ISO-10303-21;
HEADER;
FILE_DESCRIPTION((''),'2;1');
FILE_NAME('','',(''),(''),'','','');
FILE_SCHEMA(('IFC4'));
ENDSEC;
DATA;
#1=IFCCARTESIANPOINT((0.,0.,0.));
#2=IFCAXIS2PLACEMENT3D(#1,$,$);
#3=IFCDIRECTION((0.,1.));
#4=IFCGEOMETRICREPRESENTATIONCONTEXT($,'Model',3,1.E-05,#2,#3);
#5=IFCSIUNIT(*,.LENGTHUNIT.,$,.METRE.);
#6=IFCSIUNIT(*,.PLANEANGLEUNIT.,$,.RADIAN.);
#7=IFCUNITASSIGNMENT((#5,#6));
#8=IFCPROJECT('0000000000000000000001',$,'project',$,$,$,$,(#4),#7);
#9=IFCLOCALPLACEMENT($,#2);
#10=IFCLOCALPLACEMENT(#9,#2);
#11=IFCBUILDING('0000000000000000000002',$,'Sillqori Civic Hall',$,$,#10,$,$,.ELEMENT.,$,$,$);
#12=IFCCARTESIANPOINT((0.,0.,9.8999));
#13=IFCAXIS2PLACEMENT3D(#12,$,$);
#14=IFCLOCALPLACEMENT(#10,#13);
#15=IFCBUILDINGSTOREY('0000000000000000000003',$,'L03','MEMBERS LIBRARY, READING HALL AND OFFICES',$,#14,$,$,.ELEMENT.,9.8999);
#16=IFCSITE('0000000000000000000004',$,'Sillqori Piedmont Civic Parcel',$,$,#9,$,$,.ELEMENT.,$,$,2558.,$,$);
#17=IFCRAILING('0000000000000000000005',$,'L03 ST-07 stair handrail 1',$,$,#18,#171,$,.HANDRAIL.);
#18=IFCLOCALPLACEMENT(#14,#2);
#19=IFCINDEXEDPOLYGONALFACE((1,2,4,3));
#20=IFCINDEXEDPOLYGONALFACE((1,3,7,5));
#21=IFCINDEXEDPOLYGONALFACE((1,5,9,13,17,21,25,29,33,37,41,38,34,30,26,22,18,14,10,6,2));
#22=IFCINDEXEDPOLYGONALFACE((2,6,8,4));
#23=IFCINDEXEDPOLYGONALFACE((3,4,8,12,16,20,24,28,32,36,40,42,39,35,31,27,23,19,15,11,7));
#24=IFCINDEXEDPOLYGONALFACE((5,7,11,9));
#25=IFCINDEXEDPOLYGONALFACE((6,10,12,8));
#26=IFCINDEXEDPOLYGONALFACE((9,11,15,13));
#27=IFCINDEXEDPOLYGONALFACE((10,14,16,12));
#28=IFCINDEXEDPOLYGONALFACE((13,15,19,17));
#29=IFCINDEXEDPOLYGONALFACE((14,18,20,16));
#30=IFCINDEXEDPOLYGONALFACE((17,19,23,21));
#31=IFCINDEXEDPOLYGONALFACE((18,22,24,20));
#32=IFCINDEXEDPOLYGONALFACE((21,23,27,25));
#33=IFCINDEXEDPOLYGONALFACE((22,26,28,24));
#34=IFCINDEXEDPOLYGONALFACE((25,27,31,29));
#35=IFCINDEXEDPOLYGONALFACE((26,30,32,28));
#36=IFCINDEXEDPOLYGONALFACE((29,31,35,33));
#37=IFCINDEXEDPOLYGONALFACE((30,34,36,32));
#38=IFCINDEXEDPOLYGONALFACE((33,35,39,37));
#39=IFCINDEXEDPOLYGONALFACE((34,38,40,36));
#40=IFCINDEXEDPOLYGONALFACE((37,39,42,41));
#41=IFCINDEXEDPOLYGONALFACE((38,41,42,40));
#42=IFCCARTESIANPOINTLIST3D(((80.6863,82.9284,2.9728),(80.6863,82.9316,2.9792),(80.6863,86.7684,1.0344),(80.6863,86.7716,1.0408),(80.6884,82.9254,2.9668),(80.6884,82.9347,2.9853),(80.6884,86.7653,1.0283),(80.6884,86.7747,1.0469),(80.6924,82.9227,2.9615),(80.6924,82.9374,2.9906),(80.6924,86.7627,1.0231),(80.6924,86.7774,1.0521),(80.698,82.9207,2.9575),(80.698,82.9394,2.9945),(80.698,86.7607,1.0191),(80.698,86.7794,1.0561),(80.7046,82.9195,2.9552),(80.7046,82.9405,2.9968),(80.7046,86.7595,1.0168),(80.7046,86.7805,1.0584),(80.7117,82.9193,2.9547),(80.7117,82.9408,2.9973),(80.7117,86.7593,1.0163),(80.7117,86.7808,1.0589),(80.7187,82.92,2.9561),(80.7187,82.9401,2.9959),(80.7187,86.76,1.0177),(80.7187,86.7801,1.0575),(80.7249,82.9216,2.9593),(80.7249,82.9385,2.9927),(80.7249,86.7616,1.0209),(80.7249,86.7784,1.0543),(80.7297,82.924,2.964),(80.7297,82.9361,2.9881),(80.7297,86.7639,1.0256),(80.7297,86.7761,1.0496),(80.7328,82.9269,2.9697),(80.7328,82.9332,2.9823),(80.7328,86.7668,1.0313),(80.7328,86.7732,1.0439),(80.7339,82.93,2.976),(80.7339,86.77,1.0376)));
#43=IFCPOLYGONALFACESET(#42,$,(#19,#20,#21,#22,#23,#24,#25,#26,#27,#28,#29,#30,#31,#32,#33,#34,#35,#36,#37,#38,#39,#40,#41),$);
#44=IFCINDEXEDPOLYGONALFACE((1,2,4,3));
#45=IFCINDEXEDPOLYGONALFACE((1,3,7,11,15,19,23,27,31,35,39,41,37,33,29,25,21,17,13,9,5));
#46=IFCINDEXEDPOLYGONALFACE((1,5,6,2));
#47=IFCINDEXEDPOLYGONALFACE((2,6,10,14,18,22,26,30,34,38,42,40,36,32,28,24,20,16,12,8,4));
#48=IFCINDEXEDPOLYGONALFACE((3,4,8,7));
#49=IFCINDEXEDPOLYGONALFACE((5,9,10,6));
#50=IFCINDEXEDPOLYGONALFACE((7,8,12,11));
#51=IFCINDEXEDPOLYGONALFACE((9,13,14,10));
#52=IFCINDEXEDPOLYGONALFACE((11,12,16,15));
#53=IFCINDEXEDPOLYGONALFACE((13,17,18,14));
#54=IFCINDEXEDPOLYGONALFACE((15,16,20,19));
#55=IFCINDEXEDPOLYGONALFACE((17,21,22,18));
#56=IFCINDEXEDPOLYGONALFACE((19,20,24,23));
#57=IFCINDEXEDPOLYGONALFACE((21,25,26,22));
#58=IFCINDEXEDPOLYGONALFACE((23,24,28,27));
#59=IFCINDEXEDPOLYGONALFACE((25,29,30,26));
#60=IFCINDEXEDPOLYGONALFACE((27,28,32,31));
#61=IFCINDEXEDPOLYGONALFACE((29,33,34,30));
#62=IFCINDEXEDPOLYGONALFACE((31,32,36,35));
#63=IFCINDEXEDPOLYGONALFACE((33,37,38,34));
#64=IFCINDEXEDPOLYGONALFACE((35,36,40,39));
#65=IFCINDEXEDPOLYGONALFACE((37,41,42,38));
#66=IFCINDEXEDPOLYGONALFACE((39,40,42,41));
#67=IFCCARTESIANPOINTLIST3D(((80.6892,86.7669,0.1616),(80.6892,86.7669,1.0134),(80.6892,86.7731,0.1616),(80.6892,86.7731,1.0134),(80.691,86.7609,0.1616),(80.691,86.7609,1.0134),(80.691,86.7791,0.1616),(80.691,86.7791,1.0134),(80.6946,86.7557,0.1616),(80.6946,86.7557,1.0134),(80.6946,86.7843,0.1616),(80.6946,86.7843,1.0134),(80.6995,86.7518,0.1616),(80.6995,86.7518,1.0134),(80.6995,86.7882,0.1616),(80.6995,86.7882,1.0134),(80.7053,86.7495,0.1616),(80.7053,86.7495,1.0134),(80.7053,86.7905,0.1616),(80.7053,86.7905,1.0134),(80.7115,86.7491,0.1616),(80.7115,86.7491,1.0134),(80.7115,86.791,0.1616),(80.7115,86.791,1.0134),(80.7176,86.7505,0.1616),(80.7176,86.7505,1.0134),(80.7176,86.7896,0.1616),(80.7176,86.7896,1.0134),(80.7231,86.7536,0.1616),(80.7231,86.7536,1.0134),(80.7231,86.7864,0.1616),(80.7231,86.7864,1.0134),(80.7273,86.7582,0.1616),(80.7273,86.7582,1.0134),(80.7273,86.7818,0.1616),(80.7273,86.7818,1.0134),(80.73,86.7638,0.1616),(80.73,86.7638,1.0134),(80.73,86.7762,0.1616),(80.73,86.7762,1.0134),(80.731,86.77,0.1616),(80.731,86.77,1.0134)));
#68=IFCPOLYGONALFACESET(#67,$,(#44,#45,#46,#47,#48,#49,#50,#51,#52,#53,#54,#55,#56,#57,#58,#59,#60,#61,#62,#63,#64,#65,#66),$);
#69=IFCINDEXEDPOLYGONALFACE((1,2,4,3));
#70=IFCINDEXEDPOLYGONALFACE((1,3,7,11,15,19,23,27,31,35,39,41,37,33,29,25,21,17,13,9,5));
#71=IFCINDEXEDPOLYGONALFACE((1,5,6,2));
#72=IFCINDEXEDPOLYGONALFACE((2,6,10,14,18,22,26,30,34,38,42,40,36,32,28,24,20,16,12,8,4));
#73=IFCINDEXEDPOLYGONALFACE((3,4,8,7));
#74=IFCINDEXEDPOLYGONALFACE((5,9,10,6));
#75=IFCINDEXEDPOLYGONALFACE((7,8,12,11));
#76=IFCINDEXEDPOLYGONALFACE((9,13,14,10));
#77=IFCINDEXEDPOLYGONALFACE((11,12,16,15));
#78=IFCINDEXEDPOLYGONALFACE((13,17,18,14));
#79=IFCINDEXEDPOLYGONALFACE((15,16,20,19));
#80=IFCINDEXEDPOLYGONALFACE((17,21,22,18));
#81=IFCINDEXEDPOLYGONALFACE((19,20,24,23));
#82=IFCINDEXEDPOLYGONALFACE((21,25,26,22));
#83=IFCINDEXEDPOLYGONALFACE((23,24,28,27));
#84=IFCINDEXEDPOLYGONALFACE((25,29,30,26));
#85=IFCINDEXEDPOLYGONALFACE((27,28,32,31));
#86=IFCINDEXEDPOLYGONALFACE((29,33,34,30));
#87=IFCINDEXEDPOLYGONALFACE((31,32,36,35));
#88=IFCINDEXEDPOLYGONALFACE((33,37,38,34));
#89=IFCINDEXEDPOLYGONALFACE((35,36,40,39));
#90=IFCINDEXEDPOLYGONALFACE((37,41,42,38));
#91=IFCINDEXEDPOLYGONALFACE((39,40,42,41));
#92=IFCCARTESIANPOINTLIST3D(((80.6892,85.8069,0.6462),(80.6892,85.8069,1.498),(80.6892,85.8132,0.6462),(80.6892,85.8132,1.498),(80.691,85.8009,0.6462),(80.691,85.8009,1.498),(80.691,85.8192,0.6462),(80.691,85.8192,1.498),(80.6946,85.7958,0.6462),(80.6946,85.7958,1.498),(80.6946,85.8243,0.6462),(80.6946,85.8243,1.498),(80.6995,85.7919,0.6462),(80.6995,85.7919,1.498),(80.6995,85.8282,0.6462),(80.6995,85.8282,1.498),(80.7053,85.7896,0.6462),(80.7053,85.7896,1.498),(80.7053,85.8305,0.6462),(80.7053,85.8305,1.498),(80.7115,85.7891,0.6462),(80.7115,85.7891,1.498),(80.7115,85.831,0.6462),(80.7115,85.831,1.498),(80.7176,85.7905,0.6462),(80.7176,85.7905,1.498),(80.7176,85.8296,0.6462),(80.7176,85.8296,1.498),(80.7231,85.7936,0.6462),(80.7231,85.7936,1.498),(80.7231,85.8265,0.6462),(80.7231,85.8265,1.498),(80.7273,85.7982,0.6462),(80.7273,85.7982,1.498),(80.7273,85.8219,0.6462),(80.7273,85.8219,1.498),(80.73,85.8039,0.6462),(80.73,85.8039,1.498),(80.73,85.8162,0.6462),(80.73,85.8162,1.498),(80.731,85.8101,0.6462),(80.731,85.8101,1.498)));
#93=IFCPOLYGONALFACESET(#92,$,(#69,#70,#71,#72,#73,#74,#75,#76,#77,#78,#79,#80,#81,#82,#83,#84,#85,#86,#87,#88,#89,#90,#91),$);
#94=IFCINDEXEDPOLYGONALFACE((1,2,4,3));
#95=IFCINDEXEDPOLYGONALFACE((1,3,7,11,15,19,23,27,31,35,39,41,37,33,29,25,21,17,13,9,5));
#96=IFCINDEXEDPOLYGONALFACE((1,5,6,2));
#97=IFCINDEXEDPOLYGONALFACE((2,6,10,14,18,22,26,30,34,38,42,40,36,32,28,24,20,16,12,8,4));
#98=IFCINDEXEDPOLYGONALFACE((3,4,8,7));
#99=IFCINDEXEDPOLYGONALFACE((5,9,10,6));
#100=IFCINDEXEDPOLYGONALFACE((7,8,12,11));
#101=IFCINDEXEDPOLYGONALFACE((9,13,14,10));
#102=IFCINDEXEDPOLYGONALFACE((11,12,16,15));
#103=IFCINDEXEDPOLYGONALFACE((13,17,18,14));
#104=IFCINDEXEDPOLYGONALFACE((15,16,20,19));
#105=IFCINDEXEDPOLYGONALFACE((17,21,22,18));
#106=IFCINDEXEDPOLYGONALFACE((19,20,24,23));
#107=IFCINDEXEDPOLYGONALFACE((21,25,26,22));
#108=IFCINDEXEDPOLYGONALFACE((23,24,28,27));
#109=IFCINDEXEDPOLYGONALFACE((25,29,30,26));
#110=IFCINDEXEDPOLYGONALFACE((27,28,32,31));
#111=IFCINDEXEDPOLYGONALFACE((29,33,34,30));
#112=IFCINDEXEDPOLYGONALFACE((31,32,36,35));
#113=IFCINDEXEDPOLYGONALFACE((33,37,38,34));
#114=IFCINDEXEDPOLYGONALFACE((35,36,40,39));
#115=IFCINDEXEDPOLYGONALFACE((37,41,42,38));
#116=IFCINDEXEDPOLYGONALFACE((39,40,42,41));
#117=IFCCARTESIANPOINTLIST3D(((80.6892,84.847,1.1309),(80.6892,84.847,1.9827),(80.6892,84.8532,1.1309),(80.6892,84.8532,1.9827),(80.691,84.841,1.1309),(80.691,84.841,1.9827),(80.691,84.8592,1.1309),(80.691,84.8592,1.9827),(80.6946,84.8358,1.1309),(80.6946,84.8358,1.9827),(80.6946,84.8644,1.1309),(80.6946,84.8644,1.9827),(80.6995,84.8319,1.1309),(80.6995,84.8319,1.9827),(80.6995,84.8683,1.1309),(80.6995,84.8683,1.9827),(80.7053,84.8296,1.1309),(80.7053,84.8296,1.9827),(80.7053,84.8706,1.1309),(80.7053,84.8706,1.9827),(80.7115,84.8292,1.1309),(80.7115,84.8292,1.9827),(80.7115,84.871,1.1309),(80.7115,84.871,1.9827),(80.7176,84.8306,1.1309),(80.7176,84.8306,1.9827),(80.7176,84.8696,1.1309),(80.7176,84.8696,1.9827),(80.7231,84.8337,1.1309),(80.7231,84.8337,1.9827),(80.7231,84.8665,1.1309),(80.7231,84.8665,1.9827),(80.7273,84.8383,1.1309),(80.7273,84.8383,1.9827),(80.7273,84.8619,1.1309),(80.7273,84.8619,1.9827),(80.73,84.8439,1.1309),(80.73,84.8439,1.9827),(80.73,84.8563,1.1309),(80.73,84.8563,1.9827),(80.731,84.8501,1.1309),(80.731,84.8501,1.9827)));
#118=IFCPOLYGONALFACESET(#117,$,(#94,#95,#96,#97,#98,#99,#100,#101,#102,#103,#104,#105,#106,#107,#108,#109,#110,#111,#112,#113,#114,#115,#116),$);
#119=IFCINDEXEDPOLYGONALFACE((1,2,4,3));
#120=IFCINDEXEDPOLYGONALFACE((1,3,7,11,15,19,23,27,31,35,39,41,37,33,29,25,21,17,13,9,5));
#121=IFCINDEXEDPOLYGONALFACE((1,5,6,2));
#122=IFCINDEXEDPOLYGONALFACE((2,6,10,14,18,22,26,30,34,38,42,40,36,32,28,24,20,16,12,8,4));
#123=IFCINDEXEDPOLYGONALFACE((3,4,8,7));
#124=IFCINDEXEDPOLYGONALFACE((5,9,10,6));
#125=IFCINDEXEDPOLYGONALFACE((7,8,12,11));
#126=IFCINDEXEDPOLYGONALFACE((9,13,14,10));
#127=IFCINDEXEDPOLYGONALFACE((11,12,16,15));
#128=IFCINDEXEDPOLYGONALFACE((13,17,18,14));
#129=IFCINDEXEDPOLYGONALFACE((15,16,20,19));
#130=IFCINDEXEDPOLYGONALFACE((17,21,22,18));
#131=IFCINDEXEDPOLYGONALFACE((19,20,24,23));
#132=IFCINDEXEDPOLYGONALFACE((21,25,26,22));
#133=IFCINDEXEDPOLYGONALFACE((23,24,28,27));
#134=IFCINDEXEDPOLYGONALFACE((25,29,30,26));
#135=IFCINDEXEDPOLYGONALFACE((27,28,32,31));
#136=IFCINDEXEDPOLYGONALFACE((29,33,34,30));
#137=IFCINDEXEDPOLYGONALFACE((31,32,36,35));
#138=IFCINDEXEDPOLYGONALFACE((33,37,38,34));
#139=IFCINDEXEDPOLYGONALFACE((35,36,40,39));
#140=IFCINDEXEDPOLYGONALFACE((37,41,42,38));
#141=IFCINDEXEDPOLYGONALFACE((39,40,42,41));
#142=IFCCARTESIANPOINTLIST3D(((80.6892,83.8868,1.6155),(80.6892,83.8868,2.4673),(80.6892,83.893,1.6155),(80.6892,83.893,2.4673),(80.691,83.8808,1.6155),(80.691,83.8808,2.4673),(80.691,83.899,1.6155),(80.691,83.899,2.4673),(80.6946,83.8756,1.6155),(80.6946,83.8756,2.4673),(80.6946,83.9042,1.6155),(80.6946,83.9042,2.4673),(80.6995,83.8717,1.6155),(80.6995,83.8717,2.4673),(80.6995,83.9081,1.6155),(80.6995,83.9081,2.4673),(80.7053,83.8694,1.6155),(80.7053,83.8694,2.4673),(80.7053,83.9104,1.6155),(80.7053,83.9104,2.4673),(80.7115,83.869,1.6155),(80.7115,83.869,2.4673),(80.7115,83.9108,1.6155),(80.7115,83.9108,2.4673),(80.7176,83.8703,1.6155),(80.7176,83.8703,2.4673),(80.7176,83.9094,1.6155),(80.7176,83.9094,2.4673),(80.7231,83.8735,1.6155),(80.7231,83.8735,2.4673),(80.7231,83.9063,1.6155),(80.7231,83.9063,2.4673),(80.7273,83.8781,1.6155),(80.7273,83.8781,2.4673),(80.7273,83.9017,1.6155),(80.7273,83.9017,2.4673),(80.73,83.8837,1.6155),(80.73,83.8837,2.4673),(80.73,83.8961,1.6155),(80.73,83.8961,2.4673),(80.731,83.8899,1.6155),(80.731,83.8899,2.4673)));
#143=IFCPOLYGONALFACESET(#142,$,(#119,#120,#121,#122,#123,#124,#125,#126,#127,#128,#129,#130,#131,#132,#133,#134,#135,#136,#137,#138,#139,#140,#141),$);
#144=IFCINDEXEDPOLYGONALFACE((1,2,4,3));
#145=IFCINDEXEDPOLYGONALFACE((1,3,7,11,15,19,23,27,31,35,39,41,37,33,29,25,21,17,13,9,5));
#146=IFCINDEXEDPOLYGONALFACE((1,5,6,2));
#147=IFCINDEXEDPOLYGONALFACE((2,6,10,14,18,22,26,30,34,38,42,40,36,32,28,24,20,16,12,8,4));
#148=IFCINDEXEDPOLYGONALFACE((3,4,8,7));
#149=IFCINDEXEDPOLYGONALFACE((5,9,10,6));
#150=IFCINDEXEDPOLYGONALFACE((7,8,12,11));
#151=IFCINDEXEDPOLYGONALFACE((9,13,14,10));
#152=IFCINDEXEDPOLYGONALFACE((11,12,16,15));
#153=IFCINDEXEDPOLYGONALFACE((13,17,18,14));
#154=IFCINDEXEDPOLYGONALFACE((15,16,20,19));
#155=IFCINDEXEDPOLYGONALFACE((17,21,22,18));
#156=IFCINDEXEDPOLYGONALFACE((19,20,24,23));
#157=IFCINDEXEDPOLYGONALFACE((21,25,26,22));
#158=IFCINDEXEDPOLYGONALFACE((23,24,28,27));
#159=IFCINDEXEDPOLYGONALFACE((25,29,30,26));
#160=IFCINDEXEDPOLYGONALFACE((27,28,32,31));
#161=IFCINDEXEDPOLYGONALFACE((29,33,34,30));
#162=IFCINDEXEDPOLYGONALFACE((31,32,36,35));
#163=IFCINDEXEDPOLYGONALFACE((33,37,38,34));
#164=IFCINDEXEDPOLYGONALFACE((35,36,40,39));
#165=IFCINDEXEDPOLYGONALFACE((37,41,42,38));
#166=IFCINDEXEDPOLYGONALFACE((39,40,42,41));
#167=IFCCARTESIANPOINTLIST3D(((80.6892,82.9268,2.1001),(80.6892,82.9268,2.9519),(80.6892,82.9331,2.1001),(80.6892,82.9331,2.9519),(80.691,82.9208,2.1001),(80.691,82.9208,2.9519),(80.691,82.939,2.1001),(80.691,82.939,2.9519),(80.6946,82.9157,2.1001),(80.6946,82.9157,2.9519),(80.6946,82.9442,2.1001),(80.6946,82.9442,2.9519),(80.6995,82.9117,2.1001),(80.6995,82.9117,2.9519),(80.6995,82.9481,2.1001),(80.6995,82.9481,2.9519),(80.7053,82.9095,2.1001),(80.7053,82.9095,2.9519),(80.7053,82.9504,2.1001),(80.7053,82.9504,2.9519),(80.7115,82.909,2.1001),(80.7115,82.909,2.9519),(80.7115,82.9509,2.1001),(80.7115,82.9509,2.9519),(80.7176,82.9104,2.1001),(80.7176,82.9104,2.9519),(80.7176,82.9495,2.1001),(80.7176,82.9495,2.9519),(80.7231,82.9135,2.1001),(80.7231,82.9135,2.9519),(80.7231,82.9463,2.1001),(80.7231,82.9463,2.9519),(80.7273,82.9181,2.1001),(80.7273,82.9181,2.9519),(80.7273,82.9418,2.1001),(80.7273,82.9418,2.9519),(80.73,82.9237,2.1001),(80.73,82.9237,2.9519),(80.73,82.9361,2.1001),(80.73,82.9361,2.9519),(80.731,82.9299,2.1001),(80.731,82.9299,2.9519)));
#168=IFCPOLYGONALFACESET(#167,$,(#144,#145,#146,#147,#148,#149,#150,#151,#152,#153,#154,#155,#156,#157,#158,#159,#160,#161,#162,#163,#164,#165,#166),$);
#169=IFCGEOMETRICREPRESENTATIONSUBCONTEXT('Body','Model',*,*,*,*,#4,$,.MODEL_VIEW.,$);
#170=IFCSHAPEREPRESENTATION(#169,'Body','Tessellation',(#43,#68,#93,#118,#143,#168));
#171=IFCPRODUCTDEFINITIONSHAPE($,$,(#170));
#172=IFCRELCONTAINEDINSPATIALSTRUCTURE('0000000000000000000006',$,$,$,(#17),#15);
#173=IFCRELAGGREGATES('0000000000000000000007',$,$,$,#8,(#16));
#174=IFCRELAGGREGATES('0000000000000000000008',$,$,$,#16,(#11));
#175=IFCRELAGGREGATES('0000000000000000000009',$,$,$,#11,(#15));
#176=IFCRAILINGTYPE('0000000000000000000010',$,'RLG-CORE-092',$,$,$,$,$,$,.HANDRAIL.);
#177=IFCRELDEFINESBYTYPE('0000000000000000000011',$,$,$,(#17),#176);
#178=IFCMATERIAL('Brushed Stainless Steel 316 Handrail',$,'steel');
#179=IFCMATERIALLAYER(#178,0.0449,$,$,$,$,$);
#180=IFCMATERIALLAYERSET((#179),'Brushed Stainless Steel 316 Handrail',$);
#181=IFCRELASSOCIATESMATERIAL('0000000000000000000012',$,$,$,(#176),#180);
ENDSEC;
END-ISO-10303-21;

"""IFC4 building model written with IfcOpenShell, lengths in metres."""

from ifc_helpers import new_model, si_unit, direction, frame, origin, origin_2d, place, context, subcontext, project, spatial, circle, extrude, material, layer, layer_set, type_object, element, save


model = new_model("IFC4")

# Units and contexts
model_context = context("Model", 3, precision=1e-05, world=origin(), true_north=direction((0.0, 1.0)))
body_context = subcontext(model_context, "Body", "Model", "MODEL_VIEW")
ifc_project = project(units=[si_unit("LENGTHUNIT", "METRE"), si_unit("PLANEANGLEUNIT", "RADIAN")], contexts=[model_context])

# Site, building, storey
site_placement = place(None, origin())
site = spatial("IfcSite", under=ifc_project, at=site_placement, Name="Sillqori Piedmont Civic Parcel", CompositionType="ELEMENT", RefElevation=2558.0)
building_placement = place(site_placement, origin())
building = spatial("IfcBuilding", under=site, at=building_placement, Name="Sillqori Civic Hall", CompositionType="ELEMENT")
storey_placement = place(building_placement, frame((0.0, 0.0, 9.8999)))
storey = spatial("IfcBuildingStorey", under=building, at=storey_placement, Name="L03", Description="MEMBERS LIBRARY, READING HALL AND OFFICES", CompositionType="ELEMENT", Elevation=9.8999)

# Railing
ifc_material_1 = material(Name="Brushed Stainless Steel 316 Handrail", Category="steel")
ifc_layer_1 = layer(ifc_material_1, 0.0449)
ifc_layer_set_1 = layer_set([ifc_layer_1], Name="Brushed Stainless Steel 316 Handrail")
railing_type = type_object("IfcRailingType", Name="RLG-CORE-092", PredefinedType="HANDRAIL", material=ifc_layer_set_1)
railing_placement = place(storey_placement, frame((80.71, 86.77, 0.1616)))
element("IfcRailing", 1, at=railing_placement, inside=storey, type_object=railing_type, Name="L03 ST-07 stair handrail 1", PredefinedType="HANDRAIL", context=body_context, shape_type="SweptSolid", body=[
    extrude(circle(Radius=0.0239, at=origin_2d()), frame((0.0, 0.0, 0.876), z_axis=(0.0, -0.892707, 0.450638), x_axis=(1.0, 0.0, 0.0)), (0.0, 0.0, 1.0), 4.3015),
    extrude(circle(Radius=0.021, at=origin_2d()), origin(), (0.0, 0.0, 1.0), 0.8518),
    extrude(circle(Radius=0.021, at=origin_2d()), frame((0.0, -0.96, 0.4846)), (0.0, 0.0, 1.0), 0.8518),
    extrude(circle(Radius=0.021, at=origin_2d()), frame((0.0, -1.9199, 0.9692)), (0.0, 0.0, 1.0), 0.8518),
    extrude(circle(Radius=0.021, at=origin_2d()), frame((0.0, -2.8801, 1.4539)), (0.0, 0.0, 1.0), 0.8518),
    extrude(circle(Radius=0.021, at=origin_2d()), frame((0.0, -3.8401, 1.9385)), (0.0, 0.0, 1.0), 0.8518),
])

save(model, "model.ifc")
